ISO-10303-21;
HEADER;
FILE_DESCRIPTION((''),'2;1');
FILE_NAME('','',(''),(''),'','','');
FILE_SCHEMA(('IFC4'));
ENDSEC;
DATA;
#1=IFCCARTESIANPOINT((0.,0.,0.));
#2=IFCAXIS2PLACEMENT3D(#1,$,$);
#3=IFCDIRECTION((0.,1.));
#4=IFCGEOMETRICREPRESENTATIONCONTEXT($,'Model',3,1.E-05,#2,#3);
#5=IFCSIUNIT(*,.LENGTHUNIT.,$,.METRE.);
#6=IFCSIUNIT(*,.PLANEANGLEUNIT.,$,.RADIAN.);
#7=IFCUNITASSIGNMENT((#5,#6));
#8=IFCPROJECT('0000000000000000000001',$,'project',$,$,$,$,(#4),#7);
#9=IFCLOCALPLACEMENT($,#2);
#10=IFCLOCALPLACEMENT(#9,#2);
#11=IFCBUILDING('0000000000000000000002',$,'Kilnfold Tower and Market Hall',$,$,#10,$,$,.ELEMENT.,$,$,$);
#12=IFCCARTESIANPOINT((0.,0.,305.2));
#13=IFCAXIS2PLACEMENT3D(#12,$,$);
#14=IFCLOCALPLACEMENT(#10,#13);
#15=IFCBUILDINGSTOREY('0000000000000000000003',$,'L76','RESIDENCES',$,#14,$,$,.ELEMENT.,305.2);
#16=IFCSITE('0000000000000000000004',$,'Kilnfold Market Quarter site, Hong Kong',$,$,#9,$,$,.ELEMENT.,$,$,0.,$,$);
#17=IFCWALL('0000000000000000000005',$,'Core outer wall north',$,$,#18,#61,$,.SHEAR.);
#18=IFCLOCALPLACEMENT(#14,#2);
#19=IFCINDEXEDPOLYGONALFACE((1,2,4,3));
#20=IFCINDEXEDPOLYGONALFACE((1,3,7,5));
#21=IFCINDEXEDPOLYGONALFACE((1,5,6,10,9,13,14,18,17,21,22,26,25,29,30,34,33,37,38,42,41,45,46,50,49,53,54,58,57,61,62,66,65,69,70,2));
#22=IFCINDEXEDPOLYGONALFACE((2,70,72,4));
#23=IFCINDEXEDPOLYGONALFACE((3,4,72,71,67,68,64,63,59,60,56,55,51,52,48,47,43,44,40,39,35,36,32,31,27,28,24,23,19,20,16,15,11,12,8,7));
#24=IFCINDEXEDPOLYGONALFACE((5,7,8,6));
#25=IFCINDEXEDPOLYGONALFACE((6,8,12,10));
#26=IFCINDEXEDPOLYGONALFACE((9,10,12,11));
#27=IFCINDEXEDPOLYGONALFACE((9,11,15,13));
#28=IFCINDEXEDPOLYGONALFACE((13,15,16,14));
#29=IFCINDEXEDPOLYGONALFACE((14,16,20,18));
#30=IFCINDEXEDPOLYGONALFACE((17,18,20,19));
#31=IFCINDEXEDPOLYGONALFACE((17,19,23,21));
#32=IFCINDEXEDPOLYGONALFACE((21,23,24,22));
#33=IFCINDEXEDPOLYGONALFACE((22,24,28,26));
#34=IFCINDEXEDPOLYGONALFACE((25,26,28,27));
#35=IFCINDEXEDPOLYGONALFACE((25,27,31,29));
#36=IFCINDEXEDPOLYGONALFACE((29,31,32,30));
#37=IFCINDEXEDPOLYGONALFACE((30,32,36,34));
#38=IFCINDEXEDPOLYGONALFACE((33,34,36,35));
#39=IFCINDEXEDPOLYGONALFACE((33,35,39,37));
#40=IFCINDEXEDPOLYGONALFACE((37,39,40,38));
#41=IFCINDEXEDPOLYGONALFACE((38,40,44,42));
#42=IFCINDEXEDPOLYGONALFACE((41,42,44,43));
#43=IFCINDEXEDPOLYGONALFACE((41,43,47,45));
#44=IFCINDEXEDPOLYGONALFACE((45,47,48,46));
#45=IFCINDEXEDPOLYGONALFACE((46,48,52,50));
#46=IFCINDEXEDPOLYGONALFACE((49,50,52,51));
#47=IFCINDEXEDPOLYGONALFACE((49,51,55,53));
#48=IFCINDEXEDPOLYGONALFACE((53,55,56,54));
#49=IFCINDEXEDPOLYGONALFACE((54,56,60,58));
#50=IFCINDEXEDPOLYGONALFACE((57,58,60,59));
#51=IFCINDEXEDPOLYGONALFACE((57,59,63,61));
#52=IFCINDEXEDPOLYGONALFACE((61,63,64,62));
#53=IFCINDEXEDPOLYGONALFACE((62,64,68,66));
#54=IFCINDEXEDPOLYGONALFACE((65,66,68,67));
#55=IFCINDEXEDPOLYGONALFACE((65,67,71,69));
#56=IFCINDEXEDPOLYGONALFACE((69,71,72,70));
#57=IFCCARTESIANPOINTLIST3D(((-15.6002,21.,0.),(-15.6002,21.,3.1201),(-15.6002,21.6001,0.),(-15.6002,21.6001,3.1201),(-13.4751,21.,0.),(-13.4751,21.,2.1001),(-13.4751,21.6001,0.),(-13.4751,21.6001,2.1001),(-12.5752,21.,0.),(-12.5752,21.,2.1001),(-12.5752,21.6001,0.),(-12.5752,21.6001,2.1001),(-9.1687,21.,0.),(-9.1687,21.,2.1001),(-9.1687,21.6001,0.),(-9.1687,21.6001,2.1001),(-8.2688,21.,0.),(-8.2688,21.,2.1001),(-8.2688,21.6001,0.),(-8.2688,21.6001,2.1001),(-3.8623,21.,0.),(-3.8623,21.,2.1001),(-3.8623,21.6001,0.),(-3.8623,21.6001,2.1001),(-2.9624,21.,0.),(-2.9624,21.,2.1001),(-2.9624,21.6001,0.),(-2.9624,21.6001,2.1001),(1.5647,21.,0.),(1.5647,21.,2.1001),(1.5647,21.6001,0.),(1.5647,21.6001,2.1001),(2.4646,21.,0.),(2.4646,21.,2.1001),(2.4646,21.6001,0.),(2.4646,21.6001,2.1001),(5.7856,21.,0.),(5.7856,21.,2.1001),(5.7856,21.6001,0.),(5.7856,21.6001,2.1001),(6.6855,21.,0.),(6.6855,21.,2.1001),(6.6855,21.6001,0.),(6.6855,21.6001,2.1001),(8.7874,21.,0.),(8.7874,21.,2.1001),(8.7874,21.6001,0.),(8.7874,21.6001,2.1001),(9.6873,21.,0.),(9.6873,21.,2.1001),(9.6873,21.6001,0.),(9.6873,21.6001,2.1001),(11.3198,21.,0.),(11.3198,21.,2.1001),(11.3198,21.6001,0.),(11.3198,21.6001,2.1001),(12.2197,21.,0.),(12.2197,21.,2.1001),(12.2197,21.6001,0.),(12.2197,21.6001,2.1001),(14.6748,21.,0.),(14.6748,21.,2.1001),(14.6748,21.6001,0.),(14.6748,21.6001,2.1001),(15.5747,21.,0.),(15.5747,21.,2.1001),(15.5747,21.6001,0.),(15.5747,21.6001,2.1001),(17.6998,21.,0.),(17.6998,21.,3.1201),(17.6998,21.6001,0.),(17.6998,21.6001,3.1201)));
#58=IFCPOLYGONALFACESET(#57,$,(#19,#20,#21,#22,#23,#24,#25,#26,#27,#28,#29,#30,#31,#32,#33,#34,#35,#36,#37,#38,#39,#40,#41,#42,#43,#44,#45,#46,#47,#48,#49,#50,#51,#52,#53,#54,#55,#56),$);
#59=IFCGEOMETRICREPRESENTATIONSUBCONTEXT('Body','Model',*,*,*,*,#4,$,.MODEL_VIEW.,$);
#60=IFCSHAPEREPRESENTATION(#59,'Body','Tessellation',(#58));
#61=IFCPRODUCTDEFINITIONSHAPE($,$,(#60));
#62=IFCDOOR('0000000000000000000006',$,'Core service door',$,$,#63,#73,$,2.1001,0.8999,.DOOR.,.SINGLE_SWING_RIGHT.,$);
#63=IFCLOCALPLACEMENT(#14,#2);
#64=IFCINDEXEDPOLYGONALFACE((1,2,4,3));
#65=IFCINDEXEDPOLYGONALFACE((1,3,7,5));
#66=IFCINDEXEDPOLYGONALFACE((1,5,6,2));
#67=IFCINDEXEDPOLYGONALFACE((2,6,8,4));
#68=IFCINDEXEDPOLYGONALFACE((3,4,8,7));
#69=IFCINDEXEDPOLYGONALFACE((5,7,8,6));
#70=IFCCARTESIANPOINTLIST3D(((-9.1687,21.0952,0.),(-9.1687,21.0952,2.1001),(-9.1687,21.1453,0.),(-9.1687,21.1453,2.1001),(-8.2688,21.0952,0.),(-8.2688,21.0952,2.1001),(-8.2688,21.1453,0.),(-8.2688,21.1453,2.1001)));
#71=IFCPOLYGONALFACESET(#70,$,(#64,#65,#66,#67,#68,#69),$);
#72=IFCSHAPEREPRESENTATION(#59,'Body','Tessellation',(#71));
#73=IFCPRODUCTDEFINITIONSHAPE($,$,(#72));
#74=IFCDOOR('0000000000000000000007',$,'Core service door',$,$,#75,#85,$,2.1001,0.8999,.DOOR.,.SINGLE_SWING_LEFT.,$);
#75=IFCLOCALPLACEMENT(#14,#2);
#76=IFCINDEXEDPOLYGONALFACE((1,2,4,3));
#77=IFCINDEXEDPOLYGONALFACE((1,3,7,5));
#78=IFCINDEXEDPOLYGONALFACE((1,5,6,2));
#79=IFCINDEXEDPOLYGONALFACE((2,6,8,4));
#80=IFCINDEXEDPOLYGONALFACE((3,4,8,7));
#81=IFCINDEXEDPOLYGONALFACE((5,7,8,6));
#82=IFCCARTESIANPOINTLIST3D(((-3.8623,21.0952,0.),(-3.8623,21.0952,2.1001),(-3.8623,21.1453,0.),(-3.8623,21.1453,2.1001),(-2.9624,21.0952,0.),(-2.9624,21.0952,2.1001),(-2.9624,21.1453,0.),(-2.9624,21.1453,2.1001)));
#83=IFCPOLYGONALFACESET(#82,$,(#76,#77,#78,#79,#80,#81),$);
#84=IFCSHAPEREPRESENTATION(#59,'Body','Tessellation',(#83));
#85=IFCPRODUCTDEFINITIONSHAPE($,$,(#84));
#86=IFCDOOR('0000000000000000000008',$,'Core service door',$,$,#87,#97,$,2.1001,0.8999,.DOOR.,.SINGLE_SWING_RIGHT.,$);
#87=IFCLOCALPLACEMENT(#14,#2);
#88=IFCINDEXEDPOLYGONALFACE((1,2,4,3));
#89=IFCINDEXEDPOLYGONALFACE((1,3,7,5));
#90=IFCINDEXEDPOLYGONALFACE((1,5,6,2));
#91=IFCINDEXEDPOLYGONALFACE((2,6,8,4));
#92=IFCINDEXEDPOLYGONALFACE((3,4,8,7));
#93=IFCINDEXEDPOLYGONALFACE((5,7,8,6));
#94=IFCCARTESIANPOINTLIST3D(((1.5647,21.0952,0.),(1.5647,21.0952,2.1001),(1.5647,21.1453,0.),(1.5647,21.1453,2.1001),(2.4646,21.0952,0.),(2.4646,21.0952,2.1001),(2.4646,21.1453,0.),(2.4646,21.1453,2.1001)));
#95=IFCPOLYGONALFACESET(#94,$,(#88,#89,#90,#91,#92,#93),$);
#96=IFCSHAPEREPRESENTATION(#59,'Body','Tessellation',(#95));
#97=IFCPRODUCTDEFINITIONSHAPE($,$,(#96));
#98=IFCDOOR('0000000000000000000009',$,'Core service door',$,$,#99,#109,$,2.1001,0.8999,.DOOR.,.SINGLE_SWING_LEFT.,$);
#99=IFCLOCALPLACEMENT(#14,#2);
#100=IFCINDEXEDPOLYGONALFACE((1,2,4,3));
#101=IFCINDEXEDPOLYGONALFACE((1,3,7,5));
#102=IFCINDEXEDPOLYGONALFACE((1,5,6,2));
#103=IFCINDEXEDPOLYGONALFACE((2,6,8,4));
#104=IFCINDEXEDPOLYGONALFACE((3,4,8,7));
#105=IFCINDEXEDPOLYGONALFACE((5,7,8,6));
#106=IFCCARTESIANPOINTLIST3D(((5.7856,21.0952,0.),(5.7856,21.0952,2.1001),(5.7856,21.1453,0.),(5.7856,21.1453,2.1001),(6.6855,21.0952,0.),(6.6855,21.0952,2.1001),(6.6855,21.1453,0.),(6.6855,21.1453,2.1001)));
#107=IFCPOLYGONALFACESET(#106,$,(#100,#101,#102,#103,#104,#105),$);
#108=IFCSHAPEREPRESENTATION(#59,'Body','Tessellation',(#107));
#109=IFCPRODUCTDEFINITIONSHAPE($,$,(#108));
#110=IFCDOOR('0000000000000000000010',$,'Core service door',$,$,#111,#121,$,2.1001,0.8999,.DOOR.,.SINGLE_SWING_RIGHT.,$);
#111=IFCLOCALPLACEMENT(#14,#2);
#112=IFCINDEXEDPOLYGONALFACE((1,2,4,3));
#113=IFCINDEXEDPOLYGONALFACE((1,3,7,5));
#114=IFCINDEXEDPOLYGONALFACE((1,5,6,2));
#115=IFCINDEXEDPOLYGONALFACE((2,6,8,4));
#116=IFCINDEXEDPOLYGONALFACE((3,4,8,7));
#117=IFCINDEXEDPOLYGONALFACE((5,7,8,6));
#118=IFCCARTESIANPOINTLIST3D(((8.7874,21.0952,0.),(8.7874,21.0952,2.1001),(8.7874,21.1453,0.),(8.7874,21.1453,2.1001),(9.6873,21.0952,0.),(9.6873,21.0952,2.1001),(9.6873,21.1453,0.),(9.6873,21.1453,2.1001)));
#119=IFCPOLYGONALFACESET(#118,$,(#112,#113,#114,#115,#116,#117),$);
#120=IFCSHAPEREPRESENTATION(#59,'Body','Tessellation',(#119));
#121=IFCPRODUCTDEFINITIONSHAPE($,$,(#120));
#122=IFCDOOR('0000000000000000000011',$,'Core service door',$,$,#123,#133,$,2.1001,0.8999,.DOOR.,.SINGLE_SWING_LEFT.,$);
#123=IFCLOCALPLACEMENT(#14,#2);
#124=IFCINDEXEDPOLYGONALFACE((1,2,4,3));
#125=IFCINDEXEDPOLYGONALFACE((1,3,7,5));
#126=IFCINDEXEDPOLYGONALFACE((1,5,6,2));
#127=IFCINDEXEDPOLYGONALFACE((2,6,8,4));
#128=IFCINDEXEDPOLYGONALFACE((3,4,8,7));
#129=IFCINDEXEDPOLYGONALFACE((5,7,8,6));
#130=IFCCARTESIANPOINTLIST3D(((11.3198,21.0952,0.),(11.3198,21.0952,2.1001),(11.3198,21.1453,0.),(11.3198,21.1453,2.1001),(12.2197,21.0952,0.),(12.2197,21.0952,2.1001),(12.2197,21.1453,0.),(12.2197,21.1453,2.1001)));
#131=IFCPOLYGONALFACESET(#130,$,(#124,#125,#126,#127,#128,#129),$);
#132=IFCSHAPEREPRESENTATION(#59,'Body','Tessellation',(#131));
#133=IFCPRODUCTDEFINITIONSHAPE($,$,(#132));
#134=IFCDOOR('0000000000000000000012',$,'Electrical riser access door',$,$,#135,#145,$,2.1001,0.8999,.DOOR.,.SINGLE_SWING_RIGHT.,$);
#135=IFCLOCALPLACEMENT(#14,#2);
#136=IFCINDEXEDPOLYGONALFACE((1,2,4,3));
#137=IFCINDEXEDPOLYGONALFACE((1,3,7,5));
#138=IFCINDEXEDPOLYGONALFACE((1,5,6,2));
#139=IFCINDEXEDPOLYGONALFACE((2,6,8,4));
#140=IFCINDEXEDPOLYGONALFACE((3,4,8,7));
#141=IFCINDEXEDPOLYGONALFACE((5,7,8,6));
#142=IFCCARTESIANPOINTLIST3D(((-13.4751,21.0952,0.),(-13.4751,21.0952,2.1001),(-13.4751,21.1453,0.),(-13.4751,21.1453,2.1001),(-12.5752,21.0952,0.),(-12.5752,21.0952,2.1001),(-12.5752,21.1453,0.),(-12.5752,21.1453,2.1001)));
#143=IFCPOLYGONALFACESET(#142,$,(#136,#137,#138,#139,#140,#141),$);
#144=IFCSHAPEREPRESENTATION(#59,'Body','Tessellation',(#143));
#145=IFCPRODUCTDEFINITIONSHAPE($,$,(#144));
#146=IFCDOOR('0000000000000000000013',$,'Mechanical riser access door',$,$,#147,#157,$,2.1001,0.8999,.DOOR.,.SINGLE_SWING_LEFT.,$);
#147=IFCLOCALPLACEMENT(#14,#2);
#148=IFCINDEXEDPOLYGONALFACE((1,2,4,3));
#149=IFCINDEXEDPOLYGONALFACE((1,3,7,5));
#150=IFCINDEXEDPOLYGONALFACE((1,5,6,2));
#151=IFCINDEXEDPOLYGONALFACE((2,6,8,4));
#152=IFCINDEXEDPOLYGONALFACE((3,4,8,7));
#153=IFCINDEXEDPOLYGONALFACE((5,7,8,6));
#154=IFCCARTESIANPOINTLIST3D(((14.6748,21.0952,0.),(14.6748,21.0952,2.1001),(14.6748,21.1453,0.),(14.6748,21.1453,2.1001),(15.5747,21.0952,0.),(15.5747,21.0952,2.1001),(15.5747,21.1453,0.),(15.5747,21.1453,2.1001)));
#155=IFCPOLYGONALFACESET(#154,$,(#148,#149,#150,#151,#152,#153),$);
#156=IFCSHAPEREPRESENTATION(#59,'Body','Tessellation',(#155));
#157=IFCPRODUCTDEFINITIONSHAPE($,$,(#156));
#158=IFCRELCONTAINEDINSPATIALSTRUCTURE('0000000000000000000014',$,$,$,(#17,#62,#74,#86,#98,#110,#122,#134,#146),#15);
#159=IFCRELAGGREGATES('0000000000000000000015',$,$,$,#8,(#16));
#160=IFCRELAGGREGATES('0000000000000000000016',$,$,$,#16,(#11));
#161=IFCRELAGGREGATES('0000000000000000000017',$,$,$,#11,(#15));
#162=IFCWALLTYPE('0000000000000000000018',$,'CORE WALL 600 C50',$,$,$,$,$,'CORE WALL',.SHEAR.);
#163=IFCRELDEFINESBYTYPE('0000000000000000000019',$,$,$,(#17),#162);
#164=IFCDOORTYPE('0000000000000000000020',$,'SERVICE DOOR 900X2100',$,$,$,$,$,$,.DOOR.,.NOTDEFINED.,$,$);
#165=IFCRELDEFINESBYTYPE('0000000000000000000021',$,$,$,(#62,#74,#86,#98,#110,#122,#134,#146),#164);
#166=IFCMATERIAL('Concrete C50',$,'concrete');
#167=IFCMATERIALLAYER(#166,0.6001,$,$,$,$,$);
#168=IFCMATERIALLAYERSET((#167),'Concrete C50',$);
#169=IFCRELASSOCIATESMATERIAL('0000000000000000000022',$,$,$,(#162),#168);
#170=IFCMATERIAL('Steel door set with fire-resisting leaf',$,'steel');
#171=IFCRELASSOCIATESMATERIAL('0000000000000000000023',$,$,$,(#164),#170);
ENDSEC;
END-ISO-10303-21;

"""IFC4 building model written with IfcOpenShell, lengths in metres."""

from ifc_helpers import new_model, si_unit, direction, frame, frame_2d, origin, place, context, subcontext, project, spatial, rectangle, extrude, source, transform, mapped, material, layer, layer_set, type_object, element, fill, save


model = new_model("IFC4")

# Units and contexts
model_context = context("Model", 3, precision=1e-05, world=origin(), true_north=direction((0.0, 1.0)))
body_context = subcontext(model_context, "Body", "Model", "MODEL_VIEW")
ifc_project = project(units=[si_unit("LENGTHUNIT", "METRE"), si_unit("PLANEANGLEUNIT", "RADIAN")], contexts=[model_context])

# Site, building, storey
site_placement = place(None, origin())
site = spatial("IfcSite", under=ifc_project, at=site_placement, Name="Kilnfold Market Quarter site, Hong Kong", CompositionType="ELEMENT", RefElevation=0.0)
building_placement = place(site_placement, origin())
building = spatial("IfcBuilding", under=site, at=building_placement, Name="Kilnfold Tower and Market Hall", CompositionType="ELEMENT")
storey_placement = place(building_placement, frame((0.0, 0.0, 305.2)))
storey = spatial("IfcBuildingStorey", under=building, at=storey_placement, Name="L76", Description="RESIDENCES", CompositionType="ELEMENT", Elevation=305.2)

# Wall, openings, doors
ifc_material_1 = material(Name="Concrete C50", Category="concrete")
ifc_layer_1 = layer(ifc_material_1, 0.6001)
ifc_layer_set_1 = layer_set([ifc_layer_1], Name="Concrete C50")
wall_type_1 = type_object("IfcWallType", Name="CORE WALL 600 C50", ElementType="CORE WALL", PredefinedType="SHEAR", material=ifc_layer_set_1)
shared_shape_1 = source(origin(), body_context, "Body", "SweptSolid", [
    extrude(rectangle(XDim=33.3, YDim=0.6001, at=frame_2d((16.6499, 0.0))), origin(), (0.0, 0.0, 1.0), 3.1201),
])
wall_1_placement = place(storey_placement, frame((-15.6001, 21.3, 0.0), z_axis=(0.0, 0.0, 1.0), x_axis=(1.0, 0.0, 0.0)))
wall_1 = element("IfcWall", 1, at=wall_1_placement, inside=storey, type_object=wall_type_1, Name="Core outer wall north", PredefinedType="SHEAR", context=body_context, shape_type="MappedRepresentation", body=[
    mapped(shared_shape_1, transform((0.0, 0.0, 0.0))),
])
opening_1_placement = place(wall_1_placement, frame((6.4314, 0.0, 0.0)))
opening_1 = element("IfcOpeningElement", 2, at=opening_1_placement, cuts=wall_1, PredefinedType="OPENING", context=body_context, shape_type="SweptSolid", body=[
    extrude(rectangle(XDim=0.8999, YDim=2.1001, at=frame_2d((0.45, 1.05))), frame((0.0, 0.3101, 0.0), z_axis=(0.0, -1.0, 0.0), x_axis=(1.0, 0.0, 0.0)), (0.0, 0.0, 1.0), 0.6201),
])
opening_2_placement = place(wall_1_placement, frame((11.7378, 0.0, 0.0)))
opening_2 = element("IfcOpeningElement", 3, at=opening_2_placement, cuts=wall_1, PredefinedType="OPENING", context=body_context, shape_type="SweptSolid", body=[
    extrude(rectangle(XDim=0.8999, YDim=2.1001, at=frame_2d((0.45, 1.05))), frame((0.0, 0.3101, 0.0), z_axis=(0.0, -1.0, 0.0), x_axis=(1.0, 0.0, 0.0)), (0.0, 0.0, 1.0), 0.6201),
])
opening_3_placement = place(wall_1_placement, frame((17.1648, 0.0, 0.0)))
opening_3 = element("IfcOpeningElement", 4, at=opening_3_placement, cuts=wall_1, PredefinedType="OPENING", context=body_context, shape_type="SweptSolid", body=[
    extrude(rectangle(XDim=0.8999, YDim=2.1001, at=frame_2d((0.45, 1.05))), frame((0.0, 0.3101, 0.0), z_axis=(0.0, -1.0, 0.0), x_axis=(1.0, 0.0, 0.0)), (0.0, 0.0, 1.0), 0.6201),
])
opening_4_placement = place(wall_1_placement, frame((21.3857, 0.0, 0.0)))
opening_4 = element("IfcOpeningElement", 5, at=opening_4_placement, cuts=wall_1, PredefinedType="OPENING", context=body_context, shape_type="SweptSolid", body=[
    extrude(rectangle(XDim=0.8999, YDim=2.1001, at=frame_2d((0.45, 1.05))), frame((0.0, 0.3101, 0.0), z_axis=(0.0, -1.0, 0.0), x_axis=(1.0, 0.0, 0.0)), (0.0, 0.0, 1.0), 0.6201),
])
opening_5_placement = place(wall_1_placement, frame((24.3875, 0.0, 0.0)))
opening_5 = element("IfcOpeningElement", 6, at=opening_5_placement, cuts=wall_1, PredefinedType="OPENING", context=body_context, shape_type="SweptSolid", body=[
    extrude(rectangle(XDim=0.8999, YDim=2.1001, at=frame_2d((0.45, 1.05))), frame((0.0, 0.3101, 0.0), z_axis=(0.0, -1.0, 0.0), x_axis=(1.0, 0.0, 0.0)), (0.0, 0.0, 1.0), 0.6201),
])
opening_6_placement = place(wall_1_placement, frame((26.9199, 0.0, 0.0)))
opening_6 = element("IfcOpeningElement", 7, at=opening_6_placement, cuts=wall_1, PredefinedType="OPENING", context=body_context, shape_type="SweptSolid", body=[
    extrude(rectangle(XDim=0.8999, YDim=2.1001, at=frame_2d((0.45, 1.05))), frame((0.0, 0.3101, 0.0), z_axis=(0.0, -1.0, 0.0), x_axis=(1.0, 0.0, 0.0)), (0.0, 0.0, 1.0), 0.6201),
])
opening_7_placement = place(wall_1_placement, frame((2.125, 0.0, 0.0)))
opening_7 = element("IfcOpeningElement", 8, at=opening_7_placement, cuts=wall_1, PredefinedType="OPENING", context=body_context, shape_type="SweptSolid", body=[
    extrude(rectangle(XDim=0.8999, YDim=2.1001, at=frame_2d((0.45, 1.05))), frame((0.0, 0.3101, 0.0), z_axis=(0.0, -1.0, 0.0), x_axis=(1.0, 0.0, 0.0)), (0.0, 0.0, 1.0), 0.6201),
])
opening_8_placement = place(wall_1_placement, frame((30.2749, 0.0, 0.0)))
opening_8 = element("IfcOpeningElement", 9, at=opening_8_placement, cuts=wall_1, PredefinedType="OPENING", context=body_context, shape_type="SweptSolid", body=[
    extrude(rectangle(XDim=0.8999, YDim=2.1001, at=frame_2d((0.45, 1.05))), frame((0.0, 0.3101, 0.0), z_axis=(0.0, -1.0, 0.0), x_axis=(1.0, 0.0, 0.0)), (0.0, 0.0, 1.0), 0.6201),
])
ifc_material_2 = material(Name="Steel door set with fire-resisting leaf", Category="steel")
door_type = type_object("IfcDoorType", Name="SERVICE DOOR 900X2100", OperationType="NOTDEFINED", PredefinedType="DOOR", material=ifc_material_2)
door_1_placement = place(opening_1_placement, origin())
door_1 = element("IfcDoor", 10, at=door_1_placement, inside=storey, type_object=door_type, Name="Core service door", OperationType="SINGLE_SWING_RIGHT", OverallHeight=2.1001, OverallWidth=0.8999, PredefinedType="DOOR", context=body_context, shape_type="SweptSolid", body=[
    extrude(rectangle(XDim=0.8999, YDim=2.1001, at=frame_2d((0.45, 1.05))), frame((0.0, -0.1548, 0.0), z_axis=(0.0, -1.0, 0.0), x_axis=(1.0, 0.0, 0.0)), (0.0, 0.0, 1.0), 0.05),
])
fill(opening_1, door_1)
door_2_placement = place(opening_2_placement, origin())
door_2 = element("IfcDoor", 11, at=door_2_placement, inside=storey, type_object=door_type, Name="Core service door", OperationType="SINGLE_SWING_LEFT", OverallHeight=2.1001, OverallWidth=0.8999, PredefinedType="DOOR", context=body_context, shape_type="SweptSolid", body=[
    extrude(rectangle(XDim=0.8999, YDim=2.1001, at=frame_2d((0.45, 1.05))), frame((0.0, -0.1548, 0.0), z_axis=(0.0, -1.0, 0.0), x_axis=(1.0, 0.0, 0.0)), (0.0, 0.0, 1.0), 0.05),
])
fill(opening_2, door_2)
door_3_placement = place(opening_3_placement, origin())
door_3 = element("IfcDoor", 12, at=door_3_placement, inside=storey, type_object=door_type, Name="Core service door", OperationType="SINGLE_SWING_RIGHT", OverallHeight=2.1001, OverallWidth=0.8999, PredefinedType="DOOR", context=body_context, shape_type="SweptSolid", body=[
    extrude(rectangle(XDim=0.8999, YDim=2.1001, at=frame_2d((0.45, 1.05))), frame((0.0, -0.1548, 0.0), z_axis=(0.0, -1.0, 0.0), x_axis=(1.0, 0.0, 0.0)), (0.0, 0.0, 1.0), 0.05),
])
fill(opening_3, door_3)
door_4_placement = place(opening_4_placement, origin())
door_4 = element("IfcDoor", 13, at=door_4_placement, inside=storey, type_object=door_type, Name="Core service door", OperationType="SINGLE_SWING_LEFT", OverallHeight=2.1001, OverallWidth=0.8999, PredefinedType="DOOR", context=body_context, shape_type="SweptSolid", body=[
    extrude(rectangle(XDim=0.8999, YDim=2.1001, at=frame_2d((0.45, 1.05))), frame((0.0, -0.1548, 0.0), z_axis=(0.0, -1.0, 0.0), x_axis=(1.0, 0.0, 0.0)), (0.0, 0.0, 1.0), 0.05),
])
fill(opening_4, door_4)
door_5_placement = place(opening_5_placement, origin())
door_5 = element("IfcDoor", 14, at=door_5_placement, inside=storey, type_object=door_type, Name="Core service door", OperationType="SINGLE_SWING_RIGHT", OverallHeight=2.1001, OverallWidth=0.8999, PredefinedType="DOOR", context=body_context, shape_type="SweptSolid", body=[
    extrude(rectangle(XDim=0.8999, YDim=2.1001, at=frame_2d((0.45, 1.05))), frame((0.0, -0.1548, 0.0), z_axis=(0.0, -1.0, 0.0), x_axis=(1.0, 0.0, 0.0)), (0.0, 0.0, 1.0), 0.05),
])
fill(opening_5, door_5)
door_6_placement = place(opening_6_placement, origin())
door_6 = element("IfcDoor", 15, at=door_6_placement, inside=storey, type_object=door_type, Name="Core service door", OperationType="SINGLE_SWING_LEFT", OverallHeight=2.1001, OverallWidth=0.8999, PredefinedType="DOOR", context=body_context, shape_type="SweptSolid", body=[
    extrude(rectangle(XDim=0.8999, YDim=2.1001, at=frame_2d((0.45, 1.05))), frame((0.0, -0.1548, 0.0), z_axis=(0.0, -1.0, 0.0), x_axis=(1.0, 0.0, 0.0)), (0.0, 0.0, 1.0), 0.05),
])
fill(opening_6, door_6)
door_7_placement = place(opening_7_placement, origin())
door_7 = element("IfcDoor", 16, at=door_7_placement, inside=storey, type_object=door_type, Name="Electrical riser access door", OperationType="SINGLE_SWING_RIGHT", OverallHeight=2.1001, OverallWidth=0.8999, PredefinedType="DOOR", context=body_context, shape_type="SweptSolid", body=[
    extrude(rectangle(XDim=0.8999, YDim=2.1001, at=frame_2d((0.45, 1.05))), frame((0.0, -0.1548, 0.0), z_axis=(0.0, -1.0, 0.0), x_axis=(1.0, 0.0, 0.0)), (0.0, 0.0, 1.0), 0.05),
])
fill(opening_7, door_7)
door_8_placement = place(opening_8_placement, origin())
door_8 = element("IfcDoor", 17, at=door_8_placement, inside=storey, type_object=door_type, Name="Mechanical riser access door", OperationType="SINGLE_SWING_LEFT", OverallHeight=2.1001, OverallWidth=0.8999, PredefinedType="DOOR", context=body_context, shape_type="SweptSolid", body=[
    extrude(rectangle(XDim=0.8999, YDim=2.1001, at=frame_2d((0.45, 1.05))), frame((0.0, -0.1548, 0.0), z_axis=(0.0, -1.0, 0.0), x_axis=(1.0, 0.0, 0.0)), (0.0, 0.0, 1.0), 0.05),
])
fill(opening_8, door_8)

save(model, "model.ifc")
